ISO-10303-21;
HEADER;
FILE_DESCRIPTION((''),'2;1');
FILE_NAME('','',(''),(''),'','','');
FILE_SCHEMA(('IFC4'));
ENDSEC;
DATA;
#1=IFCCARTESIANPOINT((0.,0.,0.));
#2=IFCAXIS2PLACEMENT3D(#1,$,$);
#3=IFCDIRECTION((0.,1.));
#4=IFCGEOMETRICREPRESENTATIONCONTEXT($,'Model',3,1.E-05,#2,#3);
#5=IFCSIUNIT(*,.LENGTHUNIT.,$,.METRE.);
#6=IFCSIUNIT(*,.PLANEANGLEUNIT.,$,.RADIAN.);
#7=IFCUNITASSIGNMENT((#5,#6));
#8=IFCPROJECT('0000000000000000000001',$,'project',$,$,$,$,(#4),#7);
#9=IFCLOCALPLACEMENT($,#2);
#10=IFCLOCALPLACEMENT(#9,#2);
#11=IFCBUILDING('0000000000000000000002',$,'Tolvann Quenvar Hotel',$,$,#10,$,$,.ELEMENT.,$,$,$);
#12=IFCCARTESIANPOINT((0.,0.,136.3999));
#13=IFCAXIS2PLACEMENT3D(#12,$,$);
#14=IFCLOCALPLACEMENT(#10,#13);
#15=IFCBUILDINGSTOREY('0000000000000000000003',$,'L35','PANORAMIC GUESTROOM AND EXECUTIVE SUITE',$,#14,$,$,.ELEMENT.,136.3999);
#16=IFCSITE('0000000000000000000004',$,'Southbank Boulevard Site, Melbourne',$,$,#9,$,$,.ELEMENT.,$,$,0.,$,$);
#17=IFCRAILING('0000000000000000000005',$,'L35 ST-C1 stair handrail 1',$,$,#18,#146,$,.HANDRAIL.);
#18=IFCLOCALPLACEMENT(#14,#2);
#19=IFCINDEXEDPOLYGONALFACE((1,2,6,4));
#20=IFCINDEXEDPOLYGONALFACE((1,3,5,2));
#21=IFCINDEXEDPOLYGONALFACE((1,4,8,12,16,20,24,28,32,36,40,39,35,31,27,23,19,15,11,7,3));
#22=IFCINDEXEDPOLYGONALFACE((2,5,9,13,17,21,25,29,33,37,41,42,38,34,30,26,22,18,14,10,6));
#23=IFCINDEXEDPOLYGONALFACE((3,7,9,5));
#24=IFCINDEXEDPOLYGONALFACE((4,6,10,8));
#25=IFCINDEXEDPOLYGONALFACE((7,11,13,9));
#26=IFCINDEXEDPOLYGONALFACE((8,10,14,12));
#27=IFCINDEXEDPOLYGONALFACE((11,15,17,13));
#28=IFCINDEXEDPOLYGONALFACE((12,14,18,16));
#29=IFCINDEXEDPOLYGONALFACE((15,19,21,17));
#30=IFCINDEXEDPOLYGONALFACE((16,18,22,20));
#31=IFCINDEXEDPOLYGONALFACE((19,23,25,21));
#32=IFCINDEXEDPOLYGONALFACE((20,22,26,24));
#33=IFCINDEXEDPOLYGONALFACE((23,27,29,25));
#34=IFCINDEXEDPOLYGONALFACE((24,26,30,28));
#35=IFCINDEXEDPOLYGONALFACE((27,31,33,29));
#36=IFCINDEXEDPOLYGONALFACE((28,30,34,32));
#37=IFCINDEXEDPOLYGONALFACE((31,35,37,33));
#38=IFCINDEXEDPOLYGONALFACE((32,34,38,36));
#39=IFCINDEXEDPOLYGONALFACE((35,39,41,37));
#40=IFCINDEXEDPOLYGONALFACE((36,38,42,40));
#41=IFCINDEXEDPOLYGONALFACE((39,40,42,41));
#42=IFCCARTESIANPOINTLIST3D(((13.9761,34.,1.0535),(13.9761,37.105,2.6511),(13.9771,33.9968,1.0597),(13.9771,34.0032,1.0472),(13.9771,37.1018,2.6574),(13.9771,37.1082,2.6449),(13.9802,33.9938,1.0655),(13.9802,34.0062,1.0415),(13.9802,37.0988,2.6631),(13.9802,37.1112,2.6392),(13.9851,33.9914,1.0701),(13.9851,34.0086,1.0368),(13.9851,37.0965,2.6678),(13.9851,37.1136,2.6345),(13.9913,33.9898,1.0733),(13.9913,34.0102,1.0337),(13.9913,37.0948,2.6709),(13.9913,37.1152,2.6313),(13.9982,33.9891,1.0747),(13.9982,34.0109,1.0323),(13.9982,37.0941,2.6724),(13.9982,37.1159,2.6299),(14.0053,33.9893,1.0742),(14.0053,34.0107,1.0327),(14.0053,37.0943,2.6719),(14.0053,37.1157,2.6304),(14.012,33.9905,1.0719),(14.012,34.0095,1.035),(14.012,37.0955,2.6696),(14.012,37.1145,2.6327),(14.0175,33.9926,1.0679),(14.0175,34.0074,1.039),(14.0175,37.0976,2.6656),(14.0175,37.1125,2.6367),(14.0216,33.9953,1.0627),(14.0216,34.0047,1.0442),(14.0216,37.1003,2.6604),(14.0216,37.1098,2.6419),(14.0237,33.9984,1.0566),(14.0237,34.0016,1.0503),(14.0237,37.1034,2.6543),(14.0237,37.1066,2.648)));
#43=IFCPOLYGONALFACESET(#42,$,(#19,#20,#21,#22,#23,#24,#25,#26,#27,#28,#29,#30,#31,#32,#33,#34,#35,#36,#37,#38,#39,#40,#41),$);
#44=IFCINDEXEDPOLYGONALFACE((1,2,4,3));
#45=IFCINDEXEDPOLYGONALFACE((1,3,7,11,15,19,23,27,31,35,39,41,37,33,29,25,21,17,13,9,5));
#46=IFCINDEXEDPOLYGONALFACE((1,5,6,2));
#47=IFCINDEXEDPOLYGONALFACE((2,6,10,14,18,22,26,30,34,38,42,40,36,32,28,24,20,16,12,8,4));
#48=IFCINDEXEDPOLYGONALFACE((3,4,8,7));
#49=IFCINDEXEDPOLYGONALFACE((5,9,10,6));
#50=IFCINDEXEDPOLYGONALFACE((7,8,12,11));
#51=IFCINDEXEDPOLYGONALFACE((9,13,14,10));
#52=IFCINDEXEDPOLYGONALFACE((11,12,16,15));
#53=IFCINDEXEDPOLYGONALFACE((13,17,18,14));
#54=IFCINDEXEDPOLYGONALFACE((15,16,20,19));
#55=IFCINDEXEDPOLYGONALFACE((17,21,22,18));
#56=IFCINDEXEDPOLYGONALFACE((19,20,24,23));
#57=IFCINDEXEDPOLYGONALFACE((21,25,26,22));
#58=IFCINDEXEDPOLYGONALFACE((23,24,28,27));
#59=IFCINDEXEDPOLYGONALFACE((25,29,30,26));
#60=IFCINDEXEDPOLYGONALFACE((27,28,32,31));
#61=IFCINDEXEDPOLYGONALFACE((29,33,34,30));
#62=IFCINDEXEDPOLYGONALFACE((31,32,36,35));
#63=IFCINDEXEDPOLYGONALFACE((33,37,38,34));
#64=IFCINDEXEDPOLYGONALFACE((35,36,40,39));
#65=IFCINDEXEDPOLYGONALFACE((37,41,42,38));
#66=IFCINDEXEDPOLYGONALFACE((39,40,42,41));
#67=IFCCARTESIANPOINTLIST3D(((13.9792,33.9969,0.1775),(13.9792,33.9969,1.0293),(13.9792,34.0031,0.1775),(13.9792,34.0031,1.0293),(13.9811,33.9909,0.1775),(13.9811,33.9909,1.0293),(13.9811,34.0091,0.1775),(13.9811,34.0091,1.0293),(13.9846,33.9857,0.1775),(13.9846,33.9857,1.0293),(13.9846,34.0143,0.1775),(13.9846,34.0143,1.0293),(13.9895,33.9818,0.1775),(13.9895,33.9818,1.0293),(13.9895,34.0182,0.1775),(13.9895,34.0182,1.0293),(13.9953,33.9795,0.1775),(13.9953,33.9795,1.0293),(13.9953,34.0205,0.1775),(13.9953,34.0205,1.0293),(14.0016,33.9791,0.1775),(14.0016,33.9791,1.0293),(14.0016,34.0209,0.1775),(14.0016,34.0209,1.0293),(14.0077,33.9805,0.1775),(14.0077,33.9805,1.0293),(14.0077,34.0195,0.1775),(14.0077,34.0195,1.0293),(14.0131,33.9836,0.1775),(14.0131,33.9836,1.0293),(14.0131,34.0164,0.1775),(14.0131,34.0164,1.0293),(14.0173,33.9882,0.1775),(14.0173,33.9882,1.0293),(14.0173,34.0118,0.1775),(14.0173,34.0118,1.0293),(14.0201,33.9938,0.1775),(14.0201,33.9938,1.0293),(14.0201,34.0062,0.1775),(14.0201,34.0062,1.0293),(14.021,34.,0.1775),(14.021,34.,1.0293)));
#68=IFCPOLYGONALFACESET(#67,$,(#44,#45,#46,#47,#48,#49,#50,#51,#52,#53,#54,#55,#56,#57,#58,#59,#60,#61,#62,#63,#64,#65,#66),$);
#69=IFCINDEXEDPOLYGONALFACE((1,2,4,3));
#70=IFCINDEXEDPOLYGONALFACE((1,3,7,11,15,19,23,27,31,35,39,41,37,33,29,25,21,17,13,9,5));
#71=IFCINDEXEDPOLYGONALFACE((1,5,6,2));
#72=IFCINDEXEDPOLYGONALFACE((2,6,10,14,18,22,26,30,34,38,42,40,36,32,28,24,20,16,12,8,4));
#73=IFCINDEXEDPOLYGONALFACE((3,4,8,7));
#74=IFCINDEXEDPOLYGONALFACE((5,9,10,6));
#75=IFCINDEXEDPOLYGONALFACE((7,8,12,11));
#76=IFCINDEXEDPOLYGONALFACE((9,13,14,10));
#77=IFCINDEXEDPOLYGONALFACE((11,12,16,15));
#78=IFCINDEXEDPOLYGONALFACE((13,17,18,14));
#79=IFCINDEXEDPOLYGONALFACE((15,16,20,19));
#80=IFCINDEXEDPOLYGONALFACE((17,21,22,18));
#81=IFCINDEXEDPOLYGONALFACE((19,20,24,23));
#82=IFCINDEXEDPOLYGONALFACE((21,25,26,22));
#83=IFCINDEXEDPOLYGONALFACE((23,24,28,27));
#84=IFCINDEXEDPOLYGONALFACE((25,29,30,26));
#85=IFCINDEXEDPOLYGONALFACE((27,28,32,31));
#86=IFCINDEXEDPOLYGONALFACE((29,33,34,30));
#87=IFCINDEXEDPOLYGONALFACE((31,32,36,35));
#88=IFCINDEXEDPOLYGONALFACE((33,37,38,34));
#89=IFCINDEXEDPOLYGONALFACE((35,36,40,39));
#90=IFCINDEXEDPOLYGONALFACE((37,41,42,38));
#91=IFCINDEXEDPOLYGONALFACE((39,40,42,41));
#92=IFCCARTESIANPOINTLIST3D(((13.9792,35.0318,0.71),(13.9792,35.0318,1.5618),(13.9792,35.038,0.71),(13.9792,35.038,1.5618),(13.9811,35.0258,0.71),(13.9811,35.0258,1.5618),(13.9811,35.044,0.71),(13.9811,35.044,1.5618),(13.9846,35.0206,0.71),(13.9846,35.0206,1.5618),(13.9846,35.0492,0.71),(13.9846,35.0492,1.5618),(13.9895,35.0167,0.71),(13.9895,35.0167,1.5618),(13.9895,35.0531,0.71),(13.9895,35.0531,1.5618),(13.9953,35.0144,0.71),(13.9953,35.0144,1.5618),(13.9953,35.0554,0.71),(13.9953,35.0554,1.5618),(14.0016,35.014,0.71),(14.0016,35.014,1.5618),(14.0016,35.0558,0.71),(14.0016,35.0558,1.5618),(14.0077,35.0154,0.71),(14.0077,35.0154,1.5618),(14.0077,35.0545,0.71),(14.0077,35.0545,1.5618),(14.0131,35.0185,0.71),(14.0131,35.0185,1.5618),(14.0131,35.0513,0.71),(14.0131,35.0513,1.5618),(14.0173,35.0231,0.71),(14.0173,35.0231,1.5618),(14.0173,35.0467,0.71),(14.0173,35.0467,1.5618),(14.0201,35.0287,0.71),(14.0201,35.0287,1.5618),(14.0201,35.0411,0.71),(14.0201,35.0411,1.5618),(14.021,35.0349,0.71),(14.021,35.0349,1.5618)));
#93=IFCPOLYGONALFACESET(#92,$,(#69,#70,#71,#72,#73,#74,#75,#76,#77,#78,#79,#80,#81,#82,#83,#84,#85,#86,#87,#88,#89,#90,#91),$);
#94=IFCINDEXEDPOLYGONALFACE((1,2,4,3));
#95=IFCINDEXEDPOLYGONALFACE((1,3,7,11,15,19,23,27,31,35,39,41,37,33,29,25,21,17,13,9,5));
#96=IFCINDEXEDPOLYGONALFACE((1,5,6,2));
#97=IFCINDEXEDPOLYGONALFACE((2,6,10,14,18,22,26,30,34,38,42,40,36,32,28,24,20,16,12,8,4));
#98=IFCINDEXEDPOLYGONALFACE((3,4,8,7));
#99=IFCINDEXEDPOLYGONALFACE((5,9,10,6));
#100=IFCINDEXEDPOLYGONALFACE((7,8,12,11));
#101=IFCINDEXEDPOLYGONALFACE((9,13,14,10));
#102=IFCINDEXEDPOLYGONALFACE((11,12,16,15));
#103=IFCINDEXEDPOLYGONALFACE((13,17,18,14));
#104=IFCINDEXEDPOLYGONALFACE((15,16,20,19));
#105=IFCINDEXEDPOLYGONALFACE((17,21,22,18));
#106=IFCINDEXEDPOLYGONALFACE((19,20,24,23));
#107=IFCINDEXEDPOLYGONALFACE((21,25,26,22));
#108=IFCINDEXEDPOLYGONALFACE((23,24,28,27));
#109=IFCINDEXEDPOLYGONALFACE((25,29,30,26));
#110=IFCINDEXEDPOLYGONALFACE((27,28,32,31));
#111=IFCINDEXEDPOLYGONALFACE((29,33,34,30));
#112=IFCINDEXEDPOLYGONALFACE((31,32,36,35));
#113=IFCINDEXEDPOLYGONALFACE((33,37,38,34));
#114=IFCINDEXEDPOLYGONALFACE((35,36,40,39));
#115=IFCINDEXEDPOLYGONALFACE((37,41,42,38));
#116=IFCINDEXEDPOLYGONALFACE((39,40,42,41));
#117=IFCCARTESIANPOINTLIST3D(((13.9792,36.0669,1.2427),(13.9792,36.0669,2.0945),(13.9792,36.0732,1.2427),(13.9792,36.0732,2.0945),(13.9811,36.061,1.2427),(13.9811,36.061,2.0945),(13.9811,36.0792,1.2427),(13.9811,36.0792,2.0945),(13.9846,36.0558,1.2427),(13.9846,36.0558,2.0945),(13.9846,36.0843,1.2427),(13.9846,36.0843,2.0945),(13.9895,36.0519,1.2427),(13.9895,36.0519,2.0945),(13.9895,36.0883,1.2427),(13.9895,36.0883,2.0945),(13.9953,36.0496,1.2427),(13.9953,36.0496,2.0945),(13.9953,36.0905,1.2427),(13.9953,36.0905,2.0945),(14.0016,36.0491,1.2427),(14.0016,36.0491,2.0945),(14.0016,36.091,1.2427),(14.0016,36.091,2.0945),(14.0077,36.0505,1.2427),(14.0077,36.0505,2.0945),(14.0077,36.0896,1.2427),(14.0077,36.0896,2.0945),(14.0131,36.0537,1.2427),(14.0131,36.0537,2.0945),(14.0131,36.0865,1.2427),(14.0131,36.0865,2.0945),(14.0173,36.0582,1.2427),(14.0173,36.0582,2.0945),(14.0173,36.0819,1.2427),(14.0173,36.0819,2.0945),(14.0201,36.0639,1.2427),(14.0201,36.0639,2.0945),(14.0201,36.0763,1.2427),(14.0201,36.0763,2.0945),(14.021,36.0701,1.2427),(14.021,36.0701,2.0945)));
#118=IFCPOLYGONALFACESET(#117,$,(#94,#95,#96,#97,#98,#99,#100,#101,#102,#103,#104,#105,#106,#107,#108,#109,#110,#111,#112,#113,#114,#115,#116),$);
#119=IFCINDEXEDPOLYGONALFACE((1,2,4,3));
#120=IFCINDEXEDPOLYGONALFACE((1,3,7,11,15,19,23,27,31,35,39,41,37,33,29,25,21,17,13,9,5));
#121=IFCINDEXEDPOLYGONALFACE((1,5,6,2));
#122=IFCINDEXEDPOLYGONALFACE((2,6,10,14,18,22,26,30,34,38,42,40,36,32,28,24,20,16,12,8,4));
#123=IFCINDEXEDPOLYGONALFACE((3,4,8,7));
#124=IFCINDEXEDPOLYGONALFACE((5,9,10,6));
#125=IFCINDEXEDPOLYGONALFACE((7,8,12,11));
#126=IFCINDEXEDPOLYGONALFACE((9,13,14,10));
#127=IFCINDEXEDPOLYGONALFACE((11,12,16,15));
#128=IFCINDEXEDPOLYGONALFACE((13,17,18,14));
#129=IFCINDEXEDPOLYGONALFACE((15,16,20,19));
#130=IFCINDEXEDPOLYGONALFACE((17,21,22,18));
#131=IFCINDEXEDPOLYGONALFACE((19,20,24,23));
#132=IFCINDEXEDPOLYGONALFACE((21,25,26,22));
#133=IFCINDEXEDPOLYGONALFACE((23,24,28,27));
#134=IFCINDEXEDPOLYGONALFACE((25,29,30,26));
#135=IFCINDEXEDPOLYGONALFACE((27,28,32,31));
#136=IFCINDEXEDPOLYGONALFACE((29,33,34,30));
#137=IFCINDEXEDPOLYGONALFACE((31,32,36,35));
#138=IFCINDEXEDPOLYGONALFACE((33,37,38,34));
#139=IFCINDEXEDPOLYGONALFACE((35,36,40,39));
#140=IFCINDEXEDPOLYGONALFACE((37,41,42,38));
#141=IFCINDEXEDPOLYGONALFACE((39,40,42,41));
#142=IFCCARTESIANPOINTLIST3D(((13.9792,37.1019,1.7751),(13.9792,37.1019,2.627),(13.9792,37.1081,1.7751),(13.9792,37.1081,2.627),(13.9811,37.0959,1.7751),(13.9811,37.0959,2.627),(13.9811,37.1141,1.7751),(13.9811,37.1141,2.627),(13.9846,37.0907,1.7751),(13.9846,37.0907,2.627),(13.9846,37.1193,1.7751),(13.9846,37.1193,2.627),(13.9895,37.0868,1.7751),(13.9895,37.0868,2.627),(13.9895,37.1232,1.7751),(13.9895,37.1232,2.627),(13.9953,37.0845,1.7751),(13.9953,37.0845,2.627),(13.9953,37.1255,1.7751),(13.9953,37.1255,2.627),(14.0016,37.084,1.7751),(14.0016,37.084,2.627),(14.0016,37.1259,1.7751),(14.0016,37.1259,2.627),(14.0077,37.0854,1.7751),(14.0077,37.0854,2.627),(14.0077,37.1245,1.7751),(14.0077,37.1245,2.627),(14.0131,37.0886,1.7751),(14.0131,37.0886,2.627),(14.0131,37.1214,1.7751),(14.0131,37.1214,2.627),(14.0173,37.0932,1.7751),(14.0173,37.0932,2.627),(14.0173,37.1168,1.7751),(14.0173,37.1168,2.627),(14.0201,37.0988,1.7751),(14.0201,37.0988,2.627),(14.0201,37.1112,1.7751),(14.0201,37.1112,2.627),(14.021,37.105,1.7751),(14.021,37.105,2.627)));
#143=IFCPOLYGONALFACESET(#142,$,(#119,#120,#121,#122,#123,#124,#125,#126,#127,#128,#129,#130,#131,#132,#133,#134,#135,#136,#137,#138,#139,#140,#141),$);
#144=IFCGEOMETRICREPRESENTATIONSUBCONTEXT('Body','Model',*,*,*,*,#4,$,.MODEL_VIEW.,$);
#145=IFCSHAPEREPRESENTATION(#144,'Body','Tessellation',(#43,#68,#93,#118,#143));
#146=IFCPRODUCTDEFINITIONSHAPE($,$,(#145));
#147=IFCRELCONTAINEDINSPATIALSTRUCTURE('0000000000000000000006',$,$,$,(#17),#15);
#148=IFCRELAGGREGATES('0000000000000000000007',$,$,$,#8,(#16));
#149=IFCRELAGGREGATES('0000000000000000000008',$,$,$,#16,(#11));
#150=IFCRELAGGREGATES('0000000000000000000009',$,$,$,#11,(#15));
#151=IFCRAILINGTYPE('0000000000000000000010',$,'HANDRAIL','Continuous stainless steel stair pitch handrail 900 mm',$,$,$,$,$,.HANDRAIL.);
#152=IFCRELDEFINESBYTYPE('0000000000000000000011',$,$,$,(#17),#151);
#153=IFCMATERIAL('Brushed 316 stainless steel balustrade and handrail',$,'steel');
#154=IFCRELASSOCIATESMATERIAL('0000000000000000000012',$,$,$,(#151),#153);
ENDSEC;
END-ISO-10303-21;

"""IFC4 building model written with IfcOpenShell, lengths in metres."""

from ifc_helpers import new_model, si_unit, direction, frame, origin, origin_2d, place, context, subcontext, project, spatial, circle, extrude, material, type_object, element, save


model = new_model("IFC4")

# Units and contexts
model_context = context("Model", 3, precision=1e-05, world=origin(), true_north=direction((0.0, 1.0)))
body_context = subcontext(model_context, "Body", "Model", "MODEL_VIEW")
ifc_project = project(units=[si_unit("LENGTHUNIT", "METRE"), si_unit("PLANEANGLEUNIT", "RADIAN")], contexts=[model_context])

# Site, building, storey
site_placement = place(None, origin())
site = spatial("IfcSite", under=ifc_project, at=site_placement, Name="Southbank Boulevard Site, Melbourne", CompositionType="ELEMENT", RefElevation=0.0)
building_placement = place(site_placement, origin())
building = spatial("IfcBuilding", under=site, at=building_placement, Name="Tolvann Quenvar Hotel", CompositionType="ELEMENT")
storey_placement = place(building_placement, frame((0.0, 0.0, 136.3999)))
storey = spatial("IfcBuildingStorey", under=building, at=storey_placement, Name="L35", Description="PANORAMIC GUESTROOM AND EXECUTIVE SUITE", CompositionType="ELEMENT", Elevation=136.3999)

# Railing
ifc_material_1 = material(Name="Brushed 316 stainless steel balustrade and handrail", Category="steel")
railing_type_1 = type_object("IfcRailingType", Name="HANDRAIL", Description="Continuous stainless steel stair pitch handrail 900 mm", PredefinedType="HANDRAIL", material=ifc_material_1)
railing_1_placement = place(storey_placement, frame((14.0, 34.0, 0.1775)))
element("IfcRailing", 1, at=railing_1_placement, inside=storey, type_object=railing_type_1, Name="L35 ST-C1 stair handrail 1", PredefinedType="HANDRAIL", context=body_context, shape_type="SweptSolid", body=[
    extrude(circle(Radius=0.0239, at=origin_2d()), frame((0.0, 0.0, 0.876), z_axis=(0.0, 0.889194, 0.457531), x_axis=(-1.0, 0.0, 0.0)), (0.0, 0.0, 1.0), 3.4919),
    extrude(circle(Radius=0.021, at=origin_2d()), origin(), (0.0, 0.0, 1.0), 0.8518),
    extrude(circle(Radius=0.021, at=origin_2d()), frame((0.0, 1.0349, 0.5325)), (0.0, 0.0, 1.0), 0.8518),
    extrude(circle(Radius=0.021, at=origin_2d()), frame((0.0, 2.0701, 1.0652)), (0.0, 0.0, 1.0), 0.8518),
    extrude(circle(Radius=0.021, at=origin_2d()), frame((0.0, 3.105, 1.5977)), (0.0, 0.0, 1.0), 0.8518),
])

save(model, "model.ifc")
